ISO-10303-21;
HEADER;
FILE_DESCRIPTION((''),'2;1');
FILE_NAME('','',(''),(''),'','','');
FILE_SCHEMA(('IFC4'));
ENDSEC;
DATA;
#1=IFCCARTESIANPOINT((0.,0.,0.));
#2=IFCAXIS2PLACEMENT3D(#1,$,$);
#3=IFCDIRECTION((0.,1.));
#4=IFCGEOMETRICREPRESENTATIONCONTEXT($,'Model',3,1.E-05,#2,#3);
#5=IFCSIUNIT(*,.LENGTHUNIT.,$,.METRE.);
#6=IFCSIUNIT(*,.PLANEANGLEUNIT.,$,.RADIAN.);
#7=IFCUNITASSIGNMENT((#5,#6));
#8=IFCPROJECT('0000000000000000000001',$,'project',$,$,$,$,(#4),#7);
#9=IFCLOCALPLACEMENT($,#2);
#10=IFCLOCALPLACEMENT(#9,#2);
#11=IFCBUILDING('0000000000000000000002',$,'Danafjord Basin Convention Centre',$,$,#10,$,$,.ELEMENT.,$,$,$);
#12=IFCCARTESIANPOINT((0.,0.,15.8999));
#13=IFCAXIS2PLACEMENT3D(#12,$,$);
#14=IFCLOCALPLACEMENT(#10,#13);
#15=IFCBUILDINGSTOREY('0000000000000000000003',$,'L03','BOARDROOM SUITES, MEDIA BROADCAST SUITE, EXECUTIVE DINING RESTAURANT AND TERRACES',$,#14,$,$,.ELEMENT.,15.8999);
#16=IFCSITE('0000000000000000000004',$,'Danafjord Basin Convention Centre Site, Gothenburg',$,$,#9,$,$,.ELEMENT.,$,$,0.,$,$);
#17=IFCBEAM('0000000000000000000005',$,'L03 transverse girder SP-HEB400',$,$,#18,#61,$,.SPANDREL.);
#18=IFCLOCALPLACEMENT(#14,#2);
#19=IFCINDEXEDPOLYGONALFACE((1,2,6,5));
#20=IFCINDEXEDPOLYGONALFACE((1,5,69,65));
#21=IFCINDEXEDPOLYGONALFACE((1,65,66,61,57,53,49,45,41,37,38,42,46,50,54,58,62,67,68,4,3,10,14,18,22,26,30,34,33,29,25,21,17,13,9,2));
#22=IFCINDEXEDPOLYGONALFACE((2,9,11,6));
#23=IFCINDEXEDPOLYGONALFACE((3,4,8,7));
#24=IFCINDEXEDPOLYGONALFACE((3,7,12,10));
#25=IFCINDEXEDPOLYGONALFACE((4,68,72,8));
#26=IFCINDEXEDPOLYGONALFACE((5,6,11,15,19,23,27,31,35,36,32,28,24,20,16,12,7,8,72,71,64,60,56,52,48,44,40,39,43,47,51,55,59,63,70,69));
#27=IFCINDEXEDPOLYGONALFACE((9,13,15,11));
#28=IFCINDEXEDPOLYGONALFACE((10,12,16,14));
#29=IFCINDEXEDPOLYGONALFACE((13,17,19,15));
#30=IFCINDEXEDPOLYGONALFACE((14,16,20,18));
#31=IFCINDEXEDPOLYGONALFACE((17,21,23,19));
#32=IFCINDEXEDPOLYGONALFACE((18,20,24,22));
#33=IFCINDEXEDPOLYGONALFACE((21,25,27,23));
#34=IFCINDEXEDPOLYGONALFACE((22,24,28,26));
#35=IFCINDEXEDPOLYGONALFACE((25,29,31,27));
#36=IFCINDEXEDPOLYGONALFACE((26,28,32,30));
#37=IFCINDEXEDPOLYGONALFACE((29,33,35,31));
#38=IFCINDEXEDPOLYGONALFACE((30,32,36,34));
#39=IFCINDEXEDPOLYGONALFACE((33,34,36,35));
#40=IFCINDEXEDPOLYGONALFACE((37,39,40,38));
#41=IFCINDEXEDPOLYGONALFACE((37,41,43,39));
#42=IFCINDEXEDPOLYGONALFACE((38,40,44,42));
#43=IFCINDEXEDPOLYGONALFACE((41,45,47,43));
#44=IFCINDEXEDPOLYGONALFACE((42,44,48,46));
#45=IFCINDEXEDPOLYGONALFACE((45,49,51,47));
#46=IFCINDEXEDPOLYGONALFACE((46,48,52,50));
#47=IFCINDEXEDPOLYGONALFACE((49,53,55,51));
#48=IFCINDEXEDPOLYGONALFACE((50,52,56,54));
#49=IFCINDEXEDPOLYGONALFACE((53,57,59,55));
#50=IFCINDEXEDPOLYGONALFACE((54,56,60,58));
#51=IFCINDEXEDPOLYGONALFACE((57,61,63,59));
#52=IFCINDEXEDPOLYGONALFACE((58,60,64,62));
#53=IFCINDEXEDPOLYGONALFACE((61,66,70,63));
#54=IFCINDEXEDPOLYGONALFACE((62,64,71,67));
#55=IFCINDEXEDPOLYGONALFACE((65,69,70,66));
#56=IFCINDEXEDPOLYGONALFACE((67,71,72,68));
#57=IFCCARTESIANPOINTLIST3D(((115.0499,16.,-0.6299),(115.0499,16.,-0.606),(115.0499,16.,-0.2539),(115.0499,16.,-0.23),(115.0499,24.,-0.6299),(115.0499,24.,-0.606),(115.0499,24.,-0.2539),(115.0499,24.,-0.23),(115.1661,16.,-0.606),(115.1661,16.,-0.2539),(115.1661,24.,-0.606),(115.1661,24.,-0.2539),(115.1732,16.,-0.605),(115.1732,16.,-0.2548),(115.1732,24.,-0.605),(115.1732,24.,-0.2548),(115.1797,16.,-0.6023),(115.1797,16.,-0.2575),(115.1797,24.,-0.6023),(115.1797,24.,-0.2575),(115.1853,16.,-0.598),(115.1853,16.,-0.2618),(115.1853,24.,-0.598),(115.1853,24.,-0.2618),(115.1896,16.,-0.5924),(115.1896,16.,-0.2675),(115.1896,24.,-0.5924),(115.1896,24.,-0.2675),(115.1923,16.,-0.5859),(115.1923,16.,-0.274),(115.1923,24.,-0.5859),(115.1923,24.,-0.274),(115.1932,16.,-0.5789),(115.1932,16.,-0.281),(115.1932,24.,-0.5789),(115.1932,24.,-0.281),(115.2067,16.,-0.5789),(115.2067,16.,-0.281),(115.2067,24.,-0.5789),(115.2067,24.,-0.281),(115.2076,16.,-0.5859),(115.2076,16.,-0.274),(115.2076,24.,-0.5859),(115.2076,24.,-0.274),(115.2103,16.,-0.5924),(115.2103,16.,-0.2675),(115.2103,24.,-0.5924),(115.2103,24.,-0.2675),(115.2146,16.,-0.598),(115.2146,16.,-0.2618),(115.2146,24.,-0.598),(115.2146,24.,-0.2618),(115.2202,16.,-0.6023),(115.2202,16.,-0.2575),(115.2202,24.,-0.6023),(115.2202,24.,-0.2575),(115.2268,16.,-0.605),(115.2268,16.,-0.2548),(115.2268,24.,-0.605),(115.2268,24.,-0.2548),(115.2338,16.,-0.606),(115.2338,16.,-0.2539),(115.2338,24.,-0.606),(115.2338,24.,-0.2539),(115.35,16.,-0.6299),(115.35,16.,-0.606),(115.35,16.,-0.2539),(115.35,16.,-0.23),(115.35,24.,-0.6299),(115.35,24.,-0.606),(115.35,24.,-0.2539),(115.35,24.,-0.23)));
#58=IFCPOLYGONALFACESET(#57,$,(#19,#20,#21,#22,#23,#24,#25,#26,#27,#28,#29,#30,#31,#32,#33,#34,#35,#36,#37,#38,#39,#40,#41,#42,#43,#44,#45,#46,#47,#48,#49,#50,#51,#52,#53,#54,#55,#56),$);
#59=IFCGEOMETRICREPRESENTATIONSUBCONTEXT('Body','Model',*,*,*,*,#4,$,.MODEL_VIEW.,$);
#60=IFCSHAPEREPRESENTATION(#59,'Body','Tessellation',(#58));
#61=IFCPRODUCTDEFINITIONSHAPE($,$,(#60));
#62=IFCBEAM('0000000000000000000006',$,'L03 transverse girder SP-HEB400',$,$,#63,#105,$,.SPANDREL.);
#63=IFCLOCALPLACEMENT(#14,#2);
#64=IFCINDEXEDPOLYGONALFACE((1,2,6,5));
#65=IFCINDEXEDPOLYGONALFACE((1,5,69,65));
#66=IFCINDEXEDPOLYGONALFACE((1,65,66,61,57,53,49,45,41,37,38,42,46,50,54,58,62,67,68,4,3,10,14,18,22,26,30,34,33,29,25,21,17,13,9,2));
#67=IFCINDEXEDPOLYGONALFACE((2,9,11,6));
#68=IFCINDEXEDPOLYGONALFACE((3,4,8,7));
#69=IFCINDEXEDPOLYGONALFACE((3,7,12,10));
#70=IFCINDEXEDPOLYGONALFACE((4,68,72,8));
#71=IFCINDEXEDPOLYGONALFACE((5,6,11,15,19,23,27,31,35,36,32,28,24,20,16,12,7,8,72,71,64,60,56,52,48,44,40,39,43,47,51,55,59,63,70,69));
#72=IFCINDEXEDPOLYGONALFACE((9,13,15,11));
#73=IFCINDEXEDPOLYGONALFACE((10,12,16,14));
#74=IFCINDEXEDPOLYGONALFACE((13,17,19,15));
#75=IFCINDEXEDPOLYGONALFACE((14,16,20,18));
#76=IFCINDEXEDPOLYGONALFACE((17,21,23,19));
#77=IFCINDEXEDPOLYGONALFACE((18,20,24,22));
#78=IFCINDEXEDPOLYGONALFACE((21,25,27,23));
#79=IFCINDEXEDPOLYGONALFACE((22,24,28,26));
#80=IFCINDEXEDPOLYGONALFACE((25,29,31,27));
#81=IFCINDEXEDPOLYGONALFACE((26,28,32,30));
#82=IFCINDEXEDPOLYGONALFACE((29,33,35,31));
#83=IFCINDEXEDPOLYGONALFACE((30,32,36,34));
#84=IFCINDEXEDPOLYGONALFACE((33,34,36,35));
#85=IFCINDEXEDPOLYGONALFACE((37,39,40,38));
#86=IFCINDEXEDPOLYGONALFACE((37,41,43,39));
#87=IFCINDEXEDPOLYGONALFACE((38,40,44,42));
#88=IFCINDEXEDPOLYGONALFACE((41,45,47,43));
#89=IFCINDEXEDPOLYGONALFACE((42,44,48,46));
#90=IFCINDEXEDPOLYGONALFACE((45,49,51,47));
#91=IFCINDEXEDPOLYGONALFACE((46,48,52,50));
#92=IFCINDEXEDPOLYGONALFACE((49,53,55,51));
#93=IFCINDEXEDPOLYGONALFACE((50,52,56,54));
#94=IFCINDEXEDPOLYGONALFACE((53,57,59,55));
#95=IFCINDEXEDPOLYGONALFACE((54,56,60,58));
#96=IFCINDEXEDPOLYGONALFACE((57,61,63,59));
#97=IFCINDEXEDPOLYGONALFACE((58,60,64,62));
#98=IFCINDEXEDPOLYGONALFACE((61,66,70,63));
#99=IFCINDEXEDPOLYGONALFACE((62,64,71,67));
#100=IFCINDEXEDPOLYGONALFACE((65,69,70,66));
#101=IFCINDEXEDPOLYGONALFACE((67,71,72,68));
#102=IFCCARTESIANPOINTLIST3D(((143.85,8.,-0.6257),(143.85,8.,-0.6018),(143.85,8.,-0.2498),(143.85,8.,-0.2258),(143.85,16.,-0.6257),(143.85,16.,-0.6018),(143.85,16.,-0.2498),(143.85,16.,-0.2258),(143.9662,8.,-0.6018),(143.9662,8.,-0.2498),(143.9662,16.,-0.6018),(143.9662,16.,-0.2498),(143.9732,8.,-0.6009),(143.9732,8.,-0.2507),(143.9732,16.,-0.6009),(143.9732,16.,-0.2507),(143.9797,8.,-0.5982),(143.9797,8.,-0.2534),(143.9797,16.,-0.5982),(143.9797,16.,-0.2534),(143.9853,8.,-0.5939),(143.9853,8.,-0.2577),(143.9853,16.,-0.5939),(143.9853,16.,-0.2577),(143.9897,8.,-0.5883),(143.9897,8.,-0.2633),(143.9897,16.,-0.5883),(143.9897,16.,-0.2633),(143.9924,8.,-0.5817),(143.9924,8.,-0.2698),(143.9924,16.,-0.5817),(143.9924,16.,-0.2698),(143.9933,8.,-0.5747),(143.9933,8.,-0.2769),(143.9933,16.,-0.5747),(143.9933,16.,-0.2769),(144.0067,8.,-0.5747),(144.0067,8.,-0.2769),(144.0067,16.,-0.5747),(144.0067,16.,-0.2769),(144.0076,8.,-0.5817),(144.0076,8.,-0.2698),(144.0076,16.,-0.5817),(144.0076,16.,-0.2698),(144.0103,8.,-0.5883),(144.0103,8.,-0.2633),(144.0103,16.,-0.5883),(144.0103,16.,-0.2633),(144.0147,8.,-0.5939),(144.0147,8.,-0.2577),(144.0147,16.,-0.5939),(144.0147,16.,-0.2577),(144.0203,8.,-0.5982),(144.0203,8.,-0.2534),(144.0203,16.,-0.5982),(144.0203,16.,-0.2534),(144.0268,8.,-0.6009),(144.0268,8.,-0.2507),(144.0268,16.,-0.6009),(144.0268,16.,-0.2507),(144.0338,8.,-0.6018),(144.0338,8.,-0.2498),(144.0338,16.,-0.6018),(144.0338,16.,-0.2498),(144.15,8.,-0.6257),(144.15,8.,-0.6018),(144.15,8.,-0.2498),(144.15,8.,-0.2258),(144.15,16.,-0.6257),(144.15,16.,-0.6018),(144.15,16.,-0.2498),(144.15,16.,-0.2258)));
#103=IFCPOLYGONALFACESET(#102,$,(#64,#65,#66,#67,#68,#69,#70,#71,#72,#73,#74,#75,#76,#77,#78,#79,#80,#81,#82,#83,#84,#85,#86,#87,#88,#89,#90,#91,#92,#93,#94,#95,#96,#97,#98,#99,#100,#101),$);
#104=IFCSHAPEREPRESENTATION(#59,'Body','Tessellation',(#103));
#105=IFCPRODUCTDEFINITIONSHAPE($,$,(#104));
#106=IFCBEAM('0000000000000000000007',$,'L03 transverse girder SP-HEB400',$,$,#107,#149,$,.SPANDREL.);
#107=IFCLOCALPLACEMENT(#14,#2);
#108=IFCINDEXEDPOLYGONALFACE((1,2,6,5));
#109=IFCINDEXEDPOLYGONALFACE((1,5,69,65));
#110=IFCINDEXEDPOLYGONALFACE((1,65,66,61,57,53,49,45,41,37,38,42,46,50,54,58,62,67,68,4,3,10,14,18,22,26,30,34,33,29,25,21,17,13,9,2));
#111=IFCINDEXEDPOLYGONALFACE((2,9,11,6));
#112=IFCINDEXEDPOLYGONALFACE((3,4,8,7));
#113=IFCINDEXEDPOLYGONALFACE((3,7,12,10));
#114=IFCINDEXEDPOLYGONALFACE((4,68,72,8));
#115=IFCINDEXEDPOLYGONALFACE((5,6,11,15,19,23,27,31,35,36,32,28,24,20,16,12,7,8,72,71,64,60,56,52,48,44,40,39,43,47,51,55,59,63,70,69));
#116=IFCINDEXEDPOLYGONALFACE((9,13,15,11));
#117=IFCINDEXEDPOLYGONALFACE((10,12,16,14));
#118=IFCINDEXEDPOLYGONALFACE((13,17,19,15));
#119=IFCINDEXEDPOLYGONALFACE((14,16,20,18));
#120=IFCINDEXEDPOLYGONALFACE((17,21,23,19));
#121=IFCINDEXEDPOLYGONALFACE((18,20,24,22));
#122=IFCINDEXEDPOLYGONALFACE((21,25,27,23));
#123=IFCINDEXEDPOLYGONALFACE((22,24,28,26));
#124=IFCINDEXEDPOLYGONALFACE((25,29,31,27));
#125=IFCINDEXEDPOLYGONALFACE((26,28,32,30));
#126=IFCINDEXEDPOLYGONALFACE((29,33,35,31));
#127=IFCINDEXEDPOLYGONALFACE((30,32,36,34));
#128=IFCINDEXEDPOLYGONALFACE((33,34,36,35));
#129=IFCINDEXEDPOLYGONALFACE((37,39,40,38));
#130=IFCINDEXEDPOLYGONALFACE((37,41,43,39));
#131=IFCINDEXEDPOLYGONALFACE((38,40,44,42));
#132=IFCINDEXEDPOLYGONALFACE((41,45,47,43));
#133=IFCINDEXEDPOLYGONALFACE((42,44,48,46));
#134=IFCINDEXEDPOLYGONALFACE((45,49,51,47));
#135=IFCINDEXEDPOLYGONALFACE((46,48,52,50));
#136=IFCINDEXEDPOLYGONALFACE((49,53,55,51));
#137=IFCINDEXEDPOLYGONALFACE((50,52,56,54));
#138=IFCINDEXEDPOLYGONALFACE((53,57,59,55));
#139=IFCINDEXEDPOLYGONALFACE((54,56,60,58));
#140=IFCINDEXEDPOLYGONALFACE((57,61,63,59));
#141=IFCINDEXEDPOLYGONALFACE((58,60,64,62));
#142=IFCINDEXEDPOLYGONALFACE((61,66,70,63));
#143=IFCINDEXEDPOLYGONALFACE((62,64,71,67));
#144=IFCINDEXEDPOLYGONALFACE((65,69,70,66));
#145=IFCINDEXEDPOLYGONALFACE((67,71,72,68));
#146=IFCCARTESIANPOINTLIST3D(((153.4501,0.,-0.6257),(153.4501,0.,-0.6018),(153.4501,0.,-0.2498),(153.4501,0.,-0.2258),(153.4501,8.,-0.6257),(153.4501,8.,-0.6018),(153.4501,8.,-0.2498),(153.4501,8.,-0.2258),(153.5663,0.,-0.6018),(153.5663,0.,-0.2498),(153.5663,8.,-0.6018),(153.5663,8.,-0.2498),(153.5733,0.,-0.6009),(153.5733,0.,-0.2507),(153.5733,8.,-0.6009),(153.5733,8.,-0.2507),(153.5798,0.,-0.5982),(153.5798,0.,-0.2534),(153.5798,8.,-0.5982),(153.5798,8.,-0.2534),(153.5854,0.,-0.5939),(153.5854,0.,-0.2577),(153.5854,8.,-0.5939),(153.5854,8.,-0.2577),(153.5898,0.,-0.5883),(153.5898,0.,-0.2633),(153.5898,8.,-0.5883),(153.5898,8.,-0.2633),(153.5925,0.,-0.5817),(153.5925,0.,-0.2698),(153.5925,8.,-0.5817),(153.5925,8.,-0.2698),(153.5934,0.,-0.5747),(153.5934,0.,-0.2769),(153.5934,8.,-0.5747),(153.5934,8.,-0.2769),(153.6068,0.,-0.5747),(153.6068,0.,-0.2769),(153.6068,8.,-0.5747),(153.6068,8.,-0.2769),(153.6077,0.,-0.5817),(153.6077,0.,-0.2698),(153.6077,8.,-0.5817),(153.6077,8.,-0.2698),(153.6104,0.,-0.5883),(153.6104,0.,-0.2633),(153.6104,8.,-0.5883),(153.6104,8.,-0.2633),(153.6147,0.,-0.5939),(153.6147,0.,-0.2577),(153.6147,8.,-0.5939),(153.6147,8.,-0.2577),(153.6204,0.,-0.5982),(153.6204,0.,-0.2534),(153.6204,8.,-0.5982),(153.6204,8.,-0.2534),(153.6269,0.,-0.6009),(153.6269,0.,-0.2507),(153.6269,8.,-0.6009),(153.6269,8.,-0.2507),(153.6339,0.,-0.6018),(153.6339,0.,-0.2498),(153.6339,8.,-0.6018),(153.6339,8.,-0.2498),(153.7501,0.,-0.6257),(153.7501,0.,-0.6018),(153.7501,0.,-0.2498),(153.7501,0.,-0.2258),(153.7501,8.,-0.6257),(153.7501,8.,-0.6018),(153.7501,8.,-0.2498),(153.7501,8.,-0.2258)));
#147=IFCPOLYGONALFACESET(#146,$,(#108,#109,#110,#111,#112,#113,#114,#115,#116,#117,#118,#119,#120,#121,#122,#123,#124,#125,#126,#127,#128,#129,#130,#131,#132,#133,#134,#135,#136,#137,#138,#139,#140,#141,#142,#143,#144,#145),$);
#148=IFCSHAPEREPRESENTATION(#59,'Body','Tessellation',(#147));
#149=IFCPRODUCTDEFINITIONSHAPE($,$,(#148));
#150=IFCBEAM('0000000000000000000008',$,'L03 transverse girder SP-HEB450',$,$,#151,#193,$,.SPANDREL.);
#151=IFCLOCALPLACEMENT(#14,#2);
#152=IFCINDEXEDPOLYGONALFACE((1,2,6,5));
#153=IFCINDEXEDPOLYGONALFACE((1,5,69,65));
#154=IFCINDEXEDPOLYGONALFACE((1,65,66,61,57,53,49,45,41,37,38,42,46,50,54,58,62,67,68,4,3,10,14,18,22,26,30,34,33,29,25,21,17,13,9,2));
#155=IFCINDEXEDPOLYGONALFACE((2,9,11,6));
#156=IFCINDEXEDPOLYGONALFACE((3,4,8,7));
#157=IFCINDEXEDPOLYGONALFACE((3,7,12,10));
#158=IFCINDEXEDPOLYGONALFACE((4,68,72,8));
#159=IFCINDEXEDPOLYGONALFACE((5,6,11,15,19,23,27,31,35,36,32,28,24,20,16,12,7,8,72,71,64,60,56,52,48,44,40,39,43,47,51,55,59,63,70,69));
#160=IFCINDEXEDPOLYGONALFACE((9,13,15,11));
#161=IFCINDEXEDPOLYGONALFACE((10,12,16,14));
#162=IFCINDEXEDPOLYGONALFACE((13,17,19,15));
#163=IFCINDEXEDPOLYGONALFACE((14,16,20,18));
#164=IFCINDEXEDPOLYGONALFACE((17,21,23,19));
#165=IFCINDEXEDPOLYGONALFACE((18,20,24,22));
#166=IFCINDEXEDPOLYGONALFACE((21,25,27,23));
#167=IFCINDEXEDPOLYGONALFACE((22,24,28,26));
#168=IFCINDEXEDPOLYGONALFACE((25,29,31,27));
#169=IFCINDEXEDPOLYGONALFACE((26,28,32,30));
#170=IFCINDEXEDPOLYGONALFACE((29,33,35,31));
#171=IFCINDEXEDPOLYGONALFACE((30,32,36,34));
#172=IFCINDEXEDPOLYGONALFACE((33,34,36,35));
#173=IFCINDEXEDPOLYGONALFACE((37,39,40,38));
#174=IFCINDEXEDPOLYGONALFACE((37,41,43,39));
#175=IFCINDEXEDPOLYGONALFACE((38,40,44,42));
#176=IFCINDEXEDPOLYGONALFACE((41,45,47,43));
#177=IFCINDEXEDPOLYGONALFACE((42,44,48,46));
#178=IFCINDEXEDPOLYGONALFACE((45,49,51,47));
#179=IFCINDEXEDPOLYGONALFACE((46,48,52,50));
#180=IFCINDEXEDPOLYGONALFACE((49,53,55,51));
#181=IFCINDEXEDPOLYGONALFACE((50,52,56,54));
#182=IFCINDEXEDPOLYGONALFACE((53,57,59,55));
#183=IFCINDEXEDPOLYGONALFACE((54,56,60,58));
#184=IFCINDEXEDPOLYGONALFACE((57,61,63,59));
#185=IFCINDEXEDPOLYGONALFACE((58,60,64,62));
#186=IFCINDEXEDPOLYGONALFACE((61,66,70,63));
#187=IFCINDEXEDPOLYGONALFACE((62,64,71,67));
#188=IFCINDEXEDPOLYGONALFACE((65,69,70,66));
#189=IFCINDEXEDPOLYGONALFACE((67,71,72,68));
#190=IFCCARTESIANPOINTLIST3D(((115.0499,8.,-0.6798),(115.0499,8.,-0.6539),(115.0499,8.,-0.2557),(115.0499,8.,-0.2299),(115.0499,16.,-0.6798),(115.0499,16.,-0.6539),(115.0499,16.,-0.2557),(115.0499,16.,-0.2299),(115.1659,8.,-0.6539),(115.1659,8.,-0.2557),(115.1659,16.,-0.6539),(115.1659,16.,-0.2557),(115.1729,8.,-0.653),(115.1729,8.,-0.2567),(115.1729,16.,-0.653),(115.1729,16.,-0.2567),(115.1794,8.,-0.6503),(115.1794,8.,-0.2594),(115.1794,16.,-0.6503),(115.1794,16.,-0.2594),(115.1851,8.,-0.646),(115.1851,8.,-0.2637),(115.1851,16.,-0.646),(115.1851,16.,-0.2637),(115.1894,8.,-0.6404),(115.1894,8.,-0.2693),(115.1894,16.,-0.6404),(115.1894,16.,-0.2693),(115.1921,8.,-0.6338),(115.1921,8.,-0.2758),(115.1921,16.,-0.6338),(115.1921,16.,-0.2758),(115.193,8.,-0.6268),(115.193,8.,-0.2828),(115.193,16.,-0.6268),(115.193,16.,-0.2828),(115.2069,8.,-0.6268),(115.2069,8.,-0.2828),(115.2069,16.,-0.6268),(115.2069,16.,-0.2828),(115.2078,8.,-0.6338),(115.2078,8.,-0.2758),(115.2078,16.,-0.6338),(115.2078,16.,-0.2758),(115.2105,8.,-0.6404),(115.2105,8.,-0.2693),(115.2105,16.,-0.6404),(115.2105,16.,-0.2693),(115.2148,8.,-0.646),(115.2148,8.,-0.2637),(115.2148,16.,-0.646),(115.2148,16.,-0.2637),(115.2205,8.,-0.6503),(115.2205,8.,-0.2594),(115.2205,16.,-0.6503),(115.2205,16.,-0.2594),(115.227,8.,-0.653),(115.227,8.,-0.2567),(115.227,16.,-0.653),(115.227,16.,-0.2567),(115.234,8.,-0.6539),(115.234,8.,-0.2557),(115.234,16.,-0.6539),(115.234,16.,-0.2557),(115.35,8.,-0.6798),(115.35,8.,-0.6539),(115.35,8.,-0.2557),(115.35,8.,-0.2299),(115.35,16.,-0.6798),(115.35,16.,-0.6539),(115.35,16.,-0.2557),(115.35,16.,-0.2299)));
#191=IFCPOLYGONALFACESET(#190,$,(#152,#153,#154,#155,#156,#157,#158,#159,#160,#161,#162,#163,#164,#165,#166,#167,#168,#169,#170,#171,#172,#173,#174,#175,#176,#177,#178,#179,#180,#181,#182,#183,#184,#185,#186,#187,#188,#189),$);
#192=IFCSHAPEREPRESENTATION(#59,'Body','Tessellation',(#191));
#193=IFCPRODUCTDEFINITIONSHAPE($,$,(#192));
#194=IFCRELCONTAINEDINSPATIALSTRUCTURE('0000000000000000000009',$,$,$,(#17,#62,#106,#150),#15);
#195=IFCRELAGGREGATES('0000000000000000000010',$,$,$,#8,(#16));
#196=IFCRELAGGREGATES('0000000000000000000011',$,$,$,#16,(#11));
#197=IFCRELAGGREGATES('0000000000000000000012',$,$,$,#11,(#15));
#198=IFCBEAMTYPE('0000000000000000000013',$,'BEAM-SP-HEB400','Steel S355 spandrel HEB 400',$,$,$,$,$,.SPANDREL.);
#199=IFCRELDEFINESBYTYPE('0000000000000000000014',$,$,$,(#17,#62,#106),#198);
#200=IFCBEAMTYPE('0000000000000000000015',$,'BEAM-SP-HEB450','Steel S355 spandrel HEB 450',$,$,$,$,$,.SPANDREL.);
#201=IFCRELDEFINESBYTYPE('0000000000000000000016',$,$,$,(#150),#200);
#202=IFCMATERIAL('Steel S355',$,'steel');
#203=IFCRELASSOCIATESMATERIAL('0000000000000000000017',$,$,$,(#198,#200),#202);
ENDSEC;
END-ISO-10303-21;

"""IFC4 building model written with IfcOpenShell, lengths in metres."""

from ifc_helpers import new_model, si_unit, direction, frame, origin, origin_2d, place, context, subcontext, project, spatial, i_section, extrude, material, material_profile, profile_set, type_object, element, save


model = new_model("IFC4")

# Units and contexts
model_context = context("Model", 3, precision=1e-05, world=origin(), true_north=direction((0.0, 1.0)))
body_context = subcontext(model_context, "Body", "Model", "MODEL_VIEW")
ifc_project = project(units=[si_unit("LENGTHUNIT", "METRE"), si_unit("PLANEANGLEUNIT", "RADIAN")], contexts=[model_context])

# Site, building, storey
site_placement = place(None, origin())
site = spatial("IfcSite", under=ifc_project, at=site_placement, Name="Danafjord Basin Convention Centre Site, Gothenburg", CompositionType="ELEMENT", RefElevation=0.0)
building_placement = place(site_placement, origin())
building = spatial("IfcBuilding", under=site, at=building_placement, Name="Danafjord Basin Convention Centre", CompositionType="ELEMENT")
storey_placement = place(building_placement, frame((0.0, 0.0, 15.8999)))
storey = spatial("IfcBuildingStorey", under=building, at=storey_placement, Name="L03", Description="BOARDROOM SUITES, MEDIA BROADCAST SUITE, EXECUTIVE DINING RESTAURANT AND TERRACES", CompositionType="ELEMENT", Elevation=15.8999)

# Shared definitions
ifc_material_1 = material(Name="Steel S355", Category="steel")

# Beams
ifc_material_profile_1 = material_profile(ifc_material_1, i_section(OverallWidth=0.3, OverallDepth=0.3999, WebThickness=0.0134, FlangeThickness=0.0239, FilletRadius=0.0271, at=origin_2d()), Name="HEB 400")
ifc_profile_set_1 = profile_set([ifc_material_profile_1], Name="Steel S355")
beam_type_1 = type_object("IfcBeamType", Name="BEAM-SP-HEB400", Description="Steel S355 spandrel HEB 400", PredefinedType="SPANDREL", material=ifc_profile_set_1)
for number, where, z_axis, x_axis, name in (
    (1, (115.2, 16.0, -0.4299), (0.0, 1.0, 0.0), (-1.0, 0.0, 0.0), "L03 transverse girder SP-HEB400"),
    (2, (144.0, 8.0, -0.4258), (0.0, 1.0, 0.0), (-1.0, 0.0, 0.0), "L03 transverse girder SP-HEB400"),
    (3, (153.6001, 0.0, -0.4258), (0.0, 1.0, 0.0), (-1.0, 0.0, 0.0), "L03 transverse girder SP-HEB400"),
):
    element("IfcBeam", number, at=place(storey_placement, frame(where, z_axis=z_axis, x_axis=x_axis)), inside=storey, type_object=beam_type_1, Name=name, PredefinedType="SPANDREL", context=body_context, shape_type="SweptSolid", body=[
        extrude(i_section(OverallWidth=0.3, OverallDepth=0.3999, WebThickness=0.0134, FlangeThickness=0.0239, FilletRadius=0.0271, at=origin_2d()), origin(), (0.0, 0.0, 1.0), 8.0),
    ])
ifc_material_profile_2 = material_profile(ifc_material_1, i_section(OverallWidth=0.3, OverallDepth=0.45, WebThickness=0.0139, FlangeThickness=0.0259, FilletRadius=0.0271, at=origin_2d()), Name="HEB 450")
ifc_profile_set_2 = profile_set([ifc_material_profile_2], Name="Steel S355")
beam_type_2 = type_object("IfcBeamType", Name="BEAM-SP-HEB450", Description="Steel S355 spandrel HEB 450", PredefinedType="SPANDREL", material=ifc_profile_set_2)
beam_1_placement = place(storey_placement, frame((115.2, 8.0, -0.4548), z_axis=(0.0, 1.0, 0.0), x_axis=(-1.0, 0.0, 0.0)))
element("IfcBeam", 4, at=beam_1_placement, inside=storey, type_object=beam_type_2, Name="L03 transverse girder SP-HEB450", PredefinedType="SPANDREL", context=body_context, shape_type="SweptSolid", body=[
    extrude(i_section(OverallWidth=0.3, OverallDepth=0.45, WebThickness=0.0139, FlangeThickness=0.0259, FilletRadius=0.0271, at=origin_2d()), origin(), (0.0, 0.0, 1.0), 8.0),
])

save(model, "model.ifc")
